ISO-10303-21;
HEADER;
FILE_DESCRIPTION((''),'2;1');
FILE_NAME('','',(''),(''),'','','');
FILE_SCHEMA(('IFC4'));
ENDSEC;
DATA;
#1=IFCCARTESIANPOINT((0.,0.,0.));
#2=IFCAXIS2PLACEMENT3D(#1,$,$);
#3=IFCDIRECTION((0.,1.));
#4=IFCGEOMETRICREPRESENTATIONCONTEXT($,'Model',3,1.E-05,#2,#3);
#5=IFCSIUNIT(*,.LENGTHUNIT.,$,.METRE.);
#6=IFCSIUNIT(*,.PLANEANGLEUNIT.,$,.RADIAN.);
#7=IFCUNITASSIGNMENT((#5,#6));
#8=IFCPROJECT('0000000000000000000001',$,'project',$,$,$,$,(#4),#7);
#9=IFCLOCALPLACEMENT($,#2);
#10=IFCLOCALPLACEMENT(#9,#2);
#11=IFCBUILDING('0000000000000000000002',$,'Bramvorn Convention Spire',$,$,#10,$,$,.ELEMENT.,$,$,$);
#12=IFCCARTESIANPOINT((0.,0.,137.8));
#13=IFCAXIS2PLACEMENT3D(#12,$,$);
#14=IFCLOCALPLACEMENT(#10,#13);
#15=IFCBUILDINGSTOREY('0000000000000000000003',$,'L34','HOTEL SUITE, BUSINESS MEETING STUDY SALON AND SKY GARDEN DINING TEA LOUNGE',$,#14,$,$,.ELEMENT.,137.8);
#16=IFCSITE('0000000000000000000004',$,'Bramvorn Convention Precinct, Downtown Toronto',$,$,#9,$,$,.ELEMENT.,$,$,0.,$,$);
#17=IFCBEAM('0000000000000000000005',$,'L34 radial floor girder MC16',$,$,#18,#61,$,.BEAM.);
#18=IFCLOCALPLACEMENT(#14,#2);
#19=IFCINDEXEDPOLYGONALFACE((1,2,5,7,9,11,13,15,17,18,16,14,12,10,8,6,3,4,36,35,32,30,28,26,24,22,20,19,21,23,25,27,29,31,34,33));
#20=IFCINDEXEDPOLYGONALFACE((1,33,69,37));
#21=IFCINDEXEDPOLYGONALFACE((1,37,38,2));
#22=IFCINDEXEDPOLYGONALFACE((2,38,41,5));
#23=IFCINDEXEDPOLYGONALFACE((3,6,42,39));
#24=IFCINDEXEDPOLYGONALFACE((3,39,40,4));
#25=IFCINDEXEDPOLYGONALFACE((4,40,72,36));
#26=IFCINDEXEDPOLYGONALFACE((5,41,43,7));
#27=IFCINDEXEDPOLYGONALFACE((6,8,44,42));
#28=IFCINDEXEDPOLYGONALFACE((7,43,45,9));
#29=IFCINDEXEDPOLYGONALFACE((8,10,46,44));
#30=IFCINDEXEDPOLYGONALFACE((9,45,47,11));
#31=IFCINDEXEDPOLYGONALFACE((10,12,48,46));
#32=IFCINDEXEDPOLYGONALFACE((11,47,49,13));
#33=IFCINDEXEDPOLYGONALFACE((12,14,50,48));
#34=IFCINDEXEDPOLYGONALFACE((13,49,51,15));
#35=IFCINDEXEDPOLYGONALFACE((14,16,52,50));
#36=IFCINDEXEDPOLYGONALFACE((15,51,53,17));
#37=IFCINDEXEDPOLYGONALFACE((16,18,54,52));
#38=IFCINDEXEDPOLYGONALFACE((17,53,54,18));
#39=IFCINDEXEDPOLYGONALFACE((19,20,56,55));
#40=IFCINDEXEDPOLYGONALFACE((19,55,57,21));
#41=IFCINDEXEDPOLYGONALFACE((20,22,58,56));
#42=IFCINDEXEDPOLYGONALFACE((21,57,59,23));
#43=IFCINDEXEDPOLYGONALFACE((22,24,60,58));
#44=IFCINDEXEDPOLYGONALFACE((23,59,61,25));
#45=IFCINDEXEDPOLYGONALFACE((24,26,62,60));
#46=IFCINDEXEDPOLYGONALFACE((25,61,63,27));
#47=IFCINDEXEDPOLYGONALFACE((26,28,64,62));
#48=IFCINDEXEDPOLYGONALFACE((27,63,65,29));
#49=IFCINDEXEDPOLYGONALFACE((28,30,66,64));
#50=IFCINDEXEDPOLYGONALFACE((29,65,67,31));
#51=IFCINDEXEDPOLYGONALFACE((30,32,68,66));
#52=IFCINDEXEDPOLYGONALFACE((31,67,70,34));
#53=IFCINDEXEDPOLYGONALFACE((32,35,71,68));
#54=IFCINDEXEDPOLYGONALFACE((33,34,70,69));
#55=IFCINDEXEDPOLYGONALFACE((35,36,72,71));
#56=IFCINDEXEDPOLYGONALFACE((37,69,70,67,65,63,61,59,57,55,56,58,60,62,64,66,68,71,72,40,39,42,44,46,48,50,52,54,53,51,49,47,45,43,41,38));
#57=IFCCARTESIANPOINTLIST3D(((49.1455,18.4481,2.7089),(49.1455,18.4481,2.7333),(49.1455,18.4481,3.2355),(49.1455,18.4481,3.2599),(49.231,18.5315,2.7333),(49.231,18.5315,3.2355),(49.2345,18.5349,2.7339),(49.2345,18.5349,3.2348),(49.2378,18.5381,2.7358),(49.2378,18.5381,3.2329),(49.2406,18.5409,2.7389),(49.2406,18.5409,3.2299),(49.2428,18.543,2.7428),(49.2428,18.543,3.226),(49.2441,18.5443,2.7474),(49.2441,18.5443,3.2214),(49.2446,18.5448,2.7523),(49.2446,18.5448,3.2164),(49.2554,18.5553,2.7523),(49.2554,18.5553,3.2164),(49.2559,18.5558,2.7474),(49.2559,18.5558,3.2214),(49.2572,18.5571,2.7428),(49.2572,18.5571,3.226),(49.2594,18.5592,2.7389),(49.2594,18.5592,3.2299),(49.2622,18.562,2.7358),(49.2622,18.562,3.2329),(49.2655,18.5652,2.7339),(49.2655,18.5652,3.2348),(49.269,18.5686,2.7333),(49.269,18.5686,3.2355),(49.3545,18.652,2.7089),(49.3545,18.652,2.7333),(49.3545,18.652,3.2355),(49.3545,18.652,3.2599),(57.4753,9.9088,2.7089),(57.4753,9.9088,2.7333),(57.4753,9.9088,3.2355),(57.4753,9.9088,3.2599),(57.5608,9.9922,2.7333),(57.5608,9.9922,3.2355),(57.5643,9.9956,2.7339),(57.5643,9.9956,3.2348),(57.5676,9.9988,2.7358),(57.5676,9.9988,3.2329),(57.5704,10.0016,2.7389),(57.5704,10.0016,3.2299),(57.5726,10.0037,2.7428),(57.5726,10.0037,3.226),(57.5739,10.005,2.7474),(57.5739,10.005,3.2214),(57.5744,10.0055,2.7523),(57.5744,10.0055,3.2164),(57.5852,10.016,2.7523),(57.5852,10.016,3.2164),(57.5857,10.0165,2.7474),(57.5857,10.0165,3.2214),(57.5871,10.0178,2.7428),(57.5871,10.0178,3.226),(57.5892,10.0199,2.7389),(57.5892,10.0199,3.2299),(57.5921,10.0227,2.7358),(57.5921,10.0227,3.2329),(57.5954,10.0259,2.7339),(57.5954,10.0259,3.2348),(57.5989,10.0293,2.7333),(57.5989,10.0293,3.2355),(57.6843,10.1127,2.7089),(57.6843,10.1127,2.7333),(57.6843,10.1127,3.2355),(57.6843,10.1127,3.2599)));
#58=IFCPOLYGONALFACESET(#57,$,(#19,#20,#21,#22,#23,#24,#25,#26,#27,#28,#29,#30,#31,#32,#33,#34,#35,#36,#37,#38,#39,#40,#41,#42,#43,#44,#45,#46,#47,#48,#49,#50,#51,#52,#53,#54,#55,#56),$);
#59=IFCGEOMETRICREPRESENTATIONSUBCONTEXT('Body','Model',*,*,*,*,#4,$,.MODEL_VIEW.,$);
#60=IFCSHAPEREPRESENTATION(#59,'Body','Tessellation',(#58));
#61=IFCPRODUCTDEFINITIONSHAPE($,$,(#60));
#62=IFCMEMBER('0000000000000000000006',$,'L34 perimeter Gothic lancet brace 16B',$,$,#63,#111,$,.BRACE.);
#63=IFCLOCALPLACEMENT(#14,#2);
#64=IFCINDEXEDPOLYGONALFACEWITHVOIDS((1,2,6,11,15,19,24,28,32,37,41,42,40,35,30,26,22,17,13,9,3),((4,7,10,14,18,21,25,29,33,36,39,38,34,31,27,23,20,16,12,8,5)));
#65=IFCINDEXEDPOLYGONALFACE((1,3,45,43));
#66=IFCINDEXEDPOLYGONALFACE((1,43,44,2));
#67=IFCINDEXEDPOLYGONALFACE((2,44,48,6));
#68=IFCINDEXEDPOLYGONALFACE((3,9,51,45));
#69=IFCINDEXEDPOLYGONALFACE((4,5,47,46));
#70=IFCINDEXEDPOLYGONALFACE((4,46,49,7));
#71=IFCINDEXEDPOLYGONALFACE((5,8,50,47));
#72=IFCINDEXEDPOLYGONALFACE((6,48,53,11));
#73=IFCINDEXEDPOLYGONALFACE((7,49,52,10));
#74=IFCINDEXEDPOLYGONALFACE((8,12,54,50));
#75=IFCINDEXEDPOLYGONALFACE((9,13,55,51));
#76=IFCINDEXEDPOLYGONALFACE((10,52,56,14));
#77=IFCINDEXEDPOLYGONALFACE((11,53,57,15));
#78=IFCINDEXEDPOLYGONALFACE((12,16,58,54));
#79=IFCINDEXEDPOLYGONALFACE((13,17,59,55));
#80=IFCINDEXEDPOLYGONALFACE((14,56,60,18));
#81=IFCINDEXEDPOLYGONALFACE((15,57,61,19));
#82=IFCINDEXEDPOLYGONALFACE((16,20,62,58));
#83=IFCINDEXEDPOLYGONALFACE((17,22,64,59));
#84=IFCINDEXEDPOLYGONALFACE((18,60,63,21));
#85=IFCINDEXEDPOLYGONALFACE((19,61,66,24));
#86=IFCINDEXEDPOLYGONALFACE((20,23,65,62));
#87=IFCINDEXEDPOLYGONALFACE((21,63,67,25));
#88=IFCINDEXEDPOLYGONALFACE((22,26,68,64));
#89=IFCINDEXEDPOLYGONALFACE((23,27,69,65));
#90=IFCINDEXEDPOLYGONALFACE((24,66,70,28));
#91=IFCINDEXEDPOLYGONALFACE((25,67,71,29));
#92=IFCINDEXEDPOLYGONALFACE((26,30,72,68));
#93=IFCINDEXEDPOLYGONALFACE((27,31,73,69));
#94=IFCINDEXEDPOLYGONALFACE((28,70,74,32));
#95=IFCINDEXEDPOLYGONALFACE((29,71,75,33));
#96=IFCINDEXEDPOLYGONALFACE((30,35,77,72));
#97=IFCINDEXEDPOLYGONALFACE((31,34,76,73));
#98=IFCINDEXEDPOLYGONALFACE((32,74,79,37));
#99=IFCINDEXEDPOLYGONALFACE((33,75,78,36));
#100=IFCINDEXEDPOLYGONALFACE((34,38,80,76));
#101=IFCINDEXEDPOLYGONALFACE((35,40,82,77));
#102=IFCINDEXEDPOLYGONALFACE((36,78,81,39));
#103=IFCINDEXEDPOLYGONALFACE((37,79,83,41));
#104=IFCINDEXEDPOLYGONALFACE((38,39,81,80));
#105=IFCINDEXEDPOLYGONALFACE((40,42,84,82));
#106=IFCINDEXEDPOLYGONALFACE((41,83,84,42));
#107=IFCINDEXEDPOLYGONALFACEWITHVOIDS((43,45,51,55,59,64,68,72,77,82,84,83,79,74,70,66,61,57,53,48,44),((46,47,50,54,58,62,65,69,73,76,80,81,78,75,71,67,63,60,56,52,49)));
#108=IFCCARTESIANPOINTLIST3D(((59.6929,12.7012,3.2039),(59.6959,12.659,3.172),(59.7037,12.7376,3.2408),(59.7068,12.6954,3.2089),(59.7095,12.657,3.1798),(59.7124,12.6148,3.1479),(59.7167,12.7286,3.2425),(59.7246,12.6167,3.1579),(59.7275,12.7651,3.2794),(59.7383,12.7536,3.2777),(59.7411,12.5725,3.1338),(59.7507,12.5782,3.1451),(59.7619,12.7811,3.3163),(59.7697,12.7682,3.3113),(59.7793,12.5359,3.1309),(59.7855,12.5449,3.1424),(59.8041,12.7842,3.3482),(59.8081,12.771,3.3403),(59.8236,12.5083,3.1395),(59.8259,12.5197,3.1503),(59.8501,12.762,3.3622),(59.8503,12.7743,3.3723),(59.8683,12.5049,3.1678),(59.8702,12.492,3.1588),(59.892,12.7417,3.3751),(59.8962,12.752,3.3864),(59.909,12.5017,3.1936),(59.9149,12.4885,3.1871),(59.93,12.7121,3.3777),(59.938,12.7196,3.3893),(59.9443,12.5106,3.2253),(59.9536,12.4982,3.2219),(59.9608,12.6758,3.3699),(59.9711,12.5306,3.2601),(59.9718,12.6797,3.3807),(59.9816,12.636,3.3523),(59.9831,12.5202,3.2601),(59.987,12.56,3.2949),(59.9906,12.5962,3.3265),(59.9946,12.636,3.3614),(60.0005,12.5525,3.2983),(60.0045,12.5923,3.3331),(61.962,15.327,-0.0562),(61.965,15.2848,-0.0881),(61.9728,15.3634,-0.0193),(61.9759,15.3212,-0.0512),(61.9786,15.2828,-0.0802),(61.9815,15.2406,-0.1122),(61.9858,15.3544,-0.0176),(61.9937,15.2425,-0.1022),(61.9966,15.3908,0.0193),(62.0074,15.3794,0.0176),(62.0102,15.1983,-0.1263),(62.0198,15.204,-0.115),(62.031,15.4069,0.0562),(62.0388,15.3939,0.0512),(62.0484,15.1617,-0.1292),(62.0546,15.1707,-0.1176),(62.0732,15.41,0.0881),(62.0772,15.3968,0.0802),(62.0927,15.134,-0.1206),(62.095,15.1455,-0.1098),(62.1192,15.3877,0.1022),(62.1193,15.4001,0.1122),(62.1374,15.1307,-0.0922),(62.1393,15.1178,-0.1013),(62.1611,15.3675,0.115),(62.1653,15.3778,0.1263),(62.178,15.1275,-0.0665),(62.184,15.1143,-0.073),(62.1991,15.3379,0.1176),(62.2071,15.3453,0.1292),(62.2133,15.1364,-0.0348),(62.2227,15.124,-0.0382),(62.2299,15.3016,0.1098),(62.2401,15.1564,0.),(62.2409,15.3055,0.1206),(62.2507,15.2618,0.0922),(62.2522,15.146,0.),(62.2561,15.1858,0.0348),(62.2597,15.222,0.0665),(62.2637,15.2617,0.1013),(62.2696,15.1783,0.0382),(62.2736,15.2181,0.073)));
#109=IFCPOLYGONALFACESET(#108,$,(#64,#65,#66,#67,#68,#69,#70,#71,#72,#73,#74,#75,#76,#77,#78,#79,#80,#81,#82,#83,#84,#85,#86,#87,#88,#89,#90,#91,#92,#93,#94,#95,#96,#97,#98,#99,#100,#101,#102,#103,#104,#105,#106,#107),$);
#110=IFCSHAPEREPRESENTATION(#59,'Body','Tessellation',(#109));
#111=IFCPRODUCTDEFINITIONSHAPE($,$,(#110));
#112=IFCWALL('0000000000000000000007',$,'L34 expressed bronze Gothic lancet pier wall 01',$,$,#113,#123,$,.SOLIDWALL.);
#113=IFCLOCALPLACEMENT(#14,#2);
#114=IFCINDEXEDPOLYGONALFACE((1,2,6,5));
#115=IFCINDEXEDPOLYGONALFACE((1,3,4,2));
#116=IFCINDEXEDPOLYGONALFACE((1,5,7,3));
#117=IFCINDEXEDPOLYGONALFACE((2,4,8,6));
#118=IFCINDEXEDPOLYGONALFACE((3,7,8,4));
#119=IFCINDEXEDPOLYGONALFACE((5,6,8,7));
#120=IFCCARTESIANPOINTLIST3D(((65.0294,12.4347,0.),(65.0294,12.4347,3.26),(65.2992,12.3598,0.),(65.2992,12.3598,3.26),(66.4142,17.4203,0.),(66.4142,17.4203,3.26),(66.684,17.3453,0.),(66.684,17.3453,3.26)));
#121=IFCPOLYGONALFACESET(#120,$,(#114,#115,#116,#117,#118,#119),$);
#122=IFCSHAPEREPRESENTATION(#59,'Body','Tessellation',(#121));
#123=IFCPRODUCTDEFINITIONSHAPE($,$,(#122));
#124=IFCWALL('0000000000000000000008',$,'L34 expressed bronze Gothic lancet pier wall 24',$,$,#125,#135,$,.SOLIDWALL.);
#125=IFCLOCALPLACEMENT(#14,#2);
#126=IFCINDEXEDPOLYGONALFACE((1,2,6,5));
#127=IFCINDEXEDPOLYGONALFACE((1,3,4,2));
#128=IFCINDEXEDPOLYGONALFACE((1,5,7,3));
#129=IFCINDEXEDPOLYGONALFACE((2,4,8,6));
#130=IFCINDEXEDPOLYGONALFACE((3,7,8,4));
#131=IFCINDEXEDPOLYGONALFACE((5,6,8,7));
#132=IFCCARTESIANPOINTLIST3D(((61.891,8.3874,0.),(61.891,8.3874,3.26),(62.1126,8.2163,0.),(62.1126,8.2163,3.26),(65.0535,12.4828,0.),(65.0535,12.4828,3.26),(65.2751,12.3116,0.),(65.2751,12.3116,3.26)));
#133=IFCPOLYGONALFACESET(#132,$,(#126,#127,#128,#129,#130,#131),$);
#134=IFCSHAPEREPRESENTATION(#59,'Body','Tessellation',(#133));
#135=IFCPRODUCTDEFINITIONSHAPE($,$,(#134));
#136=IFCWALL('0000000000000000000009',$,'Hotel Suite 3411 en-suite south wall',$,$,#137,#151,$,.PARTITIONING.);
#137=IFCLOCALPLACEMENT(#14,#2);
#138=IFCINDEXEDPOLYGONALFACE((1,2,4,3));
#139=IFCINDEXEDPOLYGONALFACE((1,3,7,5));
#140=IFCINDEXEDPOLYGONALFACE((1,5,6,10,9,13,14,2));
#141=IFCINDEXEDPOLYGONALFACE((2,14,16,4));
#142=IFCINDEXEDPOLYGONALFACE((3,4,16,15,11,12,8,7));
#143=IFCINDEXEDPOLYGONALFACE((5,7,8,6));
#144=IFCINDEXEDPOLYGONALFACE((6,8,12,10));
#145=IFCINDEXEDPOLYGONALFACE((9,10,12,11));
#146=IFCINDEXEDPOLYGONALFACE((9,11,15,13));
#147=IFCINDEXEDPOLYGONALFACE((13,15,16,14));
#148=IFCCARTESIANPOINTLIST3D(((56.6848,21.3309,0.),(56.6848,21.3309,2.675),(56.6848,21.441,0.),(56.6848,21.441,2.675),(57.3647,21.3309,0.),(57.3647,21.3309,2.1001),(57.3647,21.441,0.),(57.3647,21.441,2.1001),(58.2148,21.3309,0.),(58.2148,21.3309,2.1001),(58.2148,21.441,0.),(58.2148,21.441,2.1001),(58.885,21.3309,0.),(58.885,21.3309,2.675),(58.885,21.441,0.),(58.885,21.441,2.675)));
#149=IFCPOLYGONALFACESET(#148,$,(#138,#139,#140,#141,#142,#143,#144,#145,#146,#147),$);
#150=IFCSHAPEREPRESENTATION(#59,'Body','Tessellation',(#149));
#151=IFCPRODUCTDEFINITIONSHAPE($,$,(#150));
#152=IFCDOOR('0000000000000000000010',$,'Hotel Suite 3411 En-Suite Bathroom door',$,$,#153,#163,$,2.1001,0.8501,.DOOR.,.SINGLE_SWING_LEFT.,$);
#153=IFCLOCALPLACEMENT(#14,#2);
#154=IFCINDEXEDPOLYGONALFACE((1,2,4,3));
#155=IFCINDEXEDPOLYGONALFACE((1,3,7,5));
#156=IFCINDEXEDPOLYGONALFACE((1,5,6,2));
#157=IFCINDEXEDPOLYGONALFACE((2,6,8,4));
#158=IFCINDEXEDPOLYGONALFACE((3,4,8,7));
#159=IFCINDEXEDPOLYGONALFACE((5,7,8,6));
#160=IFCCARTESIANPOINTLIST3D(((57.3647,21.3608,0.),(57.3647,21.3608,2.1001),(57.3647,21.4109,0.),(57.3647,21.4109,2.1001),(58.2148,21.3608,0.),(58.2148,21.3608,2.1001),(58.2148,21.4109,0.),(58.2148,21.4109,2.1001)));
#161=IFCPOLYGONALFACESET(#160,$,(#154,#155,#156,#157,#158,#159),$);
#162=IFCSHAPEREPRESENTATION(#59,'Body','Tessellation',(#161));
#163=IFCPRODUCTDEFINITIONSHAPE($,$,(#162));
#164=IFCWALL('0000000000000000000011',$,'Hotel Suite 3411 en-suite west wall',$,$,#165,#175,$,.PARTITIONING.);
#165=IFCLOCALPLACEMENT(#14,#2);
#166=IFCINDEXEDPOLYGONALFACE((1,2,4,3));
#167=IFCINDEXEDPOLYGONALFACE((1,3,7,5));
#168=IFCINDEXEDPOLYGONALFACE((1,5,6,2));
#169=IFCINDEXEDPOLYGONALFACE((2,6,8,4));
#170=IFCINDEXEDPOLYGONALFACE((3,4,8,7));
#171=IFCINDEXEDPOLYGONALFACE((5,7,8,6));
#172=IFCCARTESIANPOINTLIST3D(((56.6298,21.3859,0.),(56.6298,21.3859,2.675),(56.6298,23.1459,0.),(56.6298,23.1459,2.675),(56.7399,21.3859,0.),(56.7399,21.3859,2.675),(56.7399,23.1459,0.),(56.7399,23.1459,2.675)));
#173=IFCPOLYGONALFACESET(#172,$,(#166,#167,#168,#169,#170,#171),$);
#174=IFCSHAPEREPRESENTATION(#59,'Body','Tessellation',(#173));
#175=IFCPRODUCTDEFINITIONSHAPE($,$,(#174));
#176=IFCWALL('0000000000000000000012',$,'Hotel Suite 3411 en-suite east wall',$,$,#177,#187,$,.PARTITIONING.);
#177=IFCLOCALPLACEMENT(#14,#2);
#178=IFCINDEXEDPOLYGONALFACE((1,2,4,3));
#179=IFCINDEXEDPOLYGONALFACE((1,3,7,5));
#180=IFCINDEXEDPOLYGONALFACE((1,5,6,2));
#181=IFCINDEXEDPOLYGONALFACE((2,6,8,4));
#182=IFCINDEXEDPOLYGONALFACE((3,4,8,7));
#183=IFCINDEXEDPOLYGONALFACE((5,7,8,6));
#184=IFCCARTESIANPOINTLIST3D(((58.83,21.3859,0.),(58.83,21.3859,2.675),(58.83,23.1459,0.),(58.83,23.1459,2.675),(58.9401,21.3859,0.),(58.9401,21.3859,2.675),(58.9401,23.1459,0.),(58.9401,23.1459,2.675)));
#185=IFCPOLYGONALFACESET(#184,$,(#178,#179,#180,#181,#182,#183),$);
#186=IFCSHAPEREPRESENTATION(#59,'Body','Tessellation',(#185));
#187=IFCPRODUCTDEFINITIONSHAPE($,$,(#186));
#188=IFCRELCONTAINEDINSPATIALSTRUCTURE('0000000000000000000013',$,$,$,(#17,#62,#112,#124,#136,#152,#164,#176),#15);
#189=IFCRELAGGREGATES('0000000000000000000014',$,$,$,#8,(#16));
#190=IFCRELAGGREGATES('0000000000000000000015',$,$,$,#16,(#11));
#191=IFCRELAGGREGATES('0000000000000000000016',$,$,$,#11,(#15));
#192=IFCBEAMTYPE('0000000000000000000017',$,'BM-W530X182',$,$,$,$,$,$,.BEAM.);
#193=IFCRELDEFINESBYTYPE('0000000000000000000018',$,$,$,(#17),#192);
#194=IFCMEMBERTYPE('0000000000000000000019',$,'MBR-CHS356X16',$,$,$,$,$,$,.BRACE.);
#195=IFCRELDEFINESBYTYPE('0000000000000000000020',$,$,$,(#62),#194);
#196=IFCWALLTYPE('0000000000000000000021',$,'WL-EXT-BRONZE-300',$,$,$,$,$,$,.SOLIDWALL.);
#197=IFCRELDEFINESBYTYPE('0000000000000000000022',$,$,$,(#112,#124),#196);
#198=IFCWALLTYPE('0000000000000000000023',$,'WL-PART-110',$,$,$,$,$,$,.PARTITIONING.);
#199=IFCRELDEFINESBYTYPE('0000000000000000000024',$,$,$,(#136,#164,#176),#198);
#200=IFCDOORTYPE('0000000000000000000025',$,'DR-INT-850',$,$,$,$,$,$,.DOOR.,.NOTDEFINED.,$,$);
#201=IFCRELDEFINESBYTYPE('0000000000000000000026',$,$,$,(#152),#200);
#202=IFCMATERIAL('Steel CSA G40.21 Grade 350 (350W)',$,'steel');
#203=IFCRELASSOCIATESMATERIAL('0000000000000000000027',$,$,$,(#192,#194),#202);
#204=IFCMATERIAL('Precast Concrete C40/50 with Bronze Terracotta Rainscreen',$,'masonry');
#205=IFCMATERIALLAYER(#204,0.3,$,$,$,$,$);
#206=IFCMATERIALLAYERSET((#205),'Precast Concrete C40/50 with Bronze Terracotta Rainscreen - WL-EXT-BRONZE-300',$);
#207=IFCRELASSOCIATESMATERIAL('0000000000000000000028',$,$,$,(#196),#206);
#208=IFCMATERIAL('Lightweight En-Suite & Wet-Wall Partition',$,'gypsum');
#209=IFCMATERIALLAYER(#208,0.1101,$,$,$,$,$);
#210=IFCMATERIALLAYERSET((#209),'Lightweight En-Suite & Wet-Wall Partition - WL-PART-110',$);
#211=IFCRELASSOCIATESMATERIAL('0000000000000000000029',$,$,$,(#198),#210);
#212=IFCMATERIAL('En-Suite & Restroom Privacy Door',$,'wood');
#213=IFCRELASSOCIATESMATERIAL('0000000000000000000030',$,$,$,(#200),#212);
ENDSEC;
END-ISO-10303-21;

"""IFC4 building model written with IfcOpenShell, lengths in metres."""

from ifc_helpers import new_model, si_unit, direction, frame, frame_2d, origin, origin_2d, place, context, subcontext, project, spatial, rectangle, hollow_circle, i_section, extrude, material, layer, layer_set, material_profile, profile_set, type_object, element, fill, save


model = new_model("IFC4")

# Units and contexts
model_context = context("Model", 3, precision=1e-05, world=origin(), true_north=direction((0.0, 1.0)))
body_context = subcontext(model_context, "Body", "Model", "MODEL_VIEW")
ifc_project = project(units=[si_unit("LENGTHUNIT", "METRE"), si_unit("PLANEANGLEUNIT", "RADIAN")], contexts=[model_context])

# Site, building, storey
site_placement = place(None, origin())
site = spatial("IfcSite", under=ifc_project, at=site_placement, Name="Bramvorn Convention Precinct, Downtown Toronto", CompositionType="ELEMENT", RefElevation=0.0)
building_placement = place(site_placement, origin())
building = spatial("IfcBuilding", under=site, at=building_placement, Name="Bramvorn Convention Spire", CompositionType="ELEMENT")
storey_placement = place(building_placement, frame((0.0, 0.0, 137.8)))
storey = spatial("IfcBuildingStorey", under=building, at=storey_placement, Name="L34", Description="HOTEL SUITE, BUSINESS MEETING STUDY SALON AND SKY GARDEN DINING TEA LOUNGE", CompositionType="ELEMENT", Elevation=137.8)

# Shared definitions
ifc_material_1 = material(Name="Steel CSA G40.21 Grade 350 (350W)", Category="steel")

# Beam
ifc_material_profile_1 = material_profile(ifc_material_1, i_section(OverallWidth=0.292, OverallDepth=0.551, WebThickness=0.0151, FlangeThickness=0.0244, FilletRadius=0.019, at=origin_2d()))
ifc_profile_set_1 = profile_set([ifc_material_profile_1], Name="Steel CSA G40.21 Grade 350 (350W) - W530X182")
beam_type_1 = type_object("IfcBeamType", Name="BM-W530X182", PredefinedType="BEAM", material=ifc_profile_set_1)
beam_1_placement = place(storey_placement, frame((49.25, 18.55, 2.9844), z_axis=(0.698272, -0.715832, 0.0), x_axis=(0.715832, 0.698272, 0.0)))
element("IfcBeam", 1, at=beam_1_placement, inside=storey, type_object=beam_type_1, Name="L34 radial floor girder MC16", PredefinedType="BEAM", context=body_context, shape_type="SweptSolid", body=[
    extrude(i_section(OverallWidth=0.292, OverallDepth=0.551, WebThickness=0.0151, FlangeThickness=0.0244, FilletRadius=0.019, at=origin_2d()), origin(), (0.0, 0.0, 1.0), 11.9292),
])

# Member
ifc_material_profile_2 = material_profile(ifc_material_1, hollow_circle(Radius=0.1777, WallThickness=0.0159, at=origin_2d()))
ifc_profile_set_2 = profile_set([ifc_material_profile_2], Name="Steel CSA G40.21 Grade 350 (350W) - CHS356X16")
member_type = type_object("IfcMemberType", Name="MBR-CHS356X16", PredefinedType="BRACE", material=ifc_profile_set_2)
member_placement = place(storey_placement, frame((62.1177, 15.2622, 0.0), z_axis=(-0.476552, -0.551465, 0.684678), x_axis=(0.756628, -0.653845, 0.0)))
element("IfcMember", 2, at=member_placement, inside=storey, type_object=member_type, Name="L34 perimeter Gothic lancet brace 16B", PredefinedType="BRACE", context=body_context, shape_type="SweptSolid", body=[
    extrude(hollow_circle(Radius=0.1777, WallThickness=0.0159, at=origin_2d()), origin(), (0.0, 0.0, 1.0), 4.7615),
])

# Walls
ifc_material_2 = material(Name="Precast Concrete C40/50 with Bronze Terracotta Rainscreen", Category="masonry")
ifc_layer_1 = layer(ifc_material_2, 0.3)
ifc_layer_set_1 = layer_set([ifc_layer_1], Name="Precast Concrete C40/50 with Bronze Terracotta Rainscreen - WL-EXT-BRONZE-300")
wall_type_1 = type_object("IfcWallType", Name="WL-EXT-BRONZE-300", PredefinedType="SOLIDWALL", material=ifc_layer_set_1)
for number, where, z_axis, x_axis, name in (
    (3, (66.5491, 17.3828, 0.0), (0.0, 0.0, 1.0), (-0.267622, -0.963524, 0.0), "L34 expressed bronze Gothic lancet pier wall 01"),
    (4, (65.1643, 12.3972, 0.0), (0.0, 0.0, 1.0), (-0.611196, -0.791479, 0.0), "L34 expressed bronze Gothic lancet pier wall 24"),
):
    element("IfcWall", number, at=place(storey_placement, frame(where, z_axis=z_axis, x_axis=x_axis)), inside=storey, type_object=wall_type_1, Name=name, PredefinedType="SOLIDWALL", context=body_context, shape_type="SweptSolid", body=[
        extrude(rectangle(XDim=5.1743, YDim=0.28, at=frame_2d((2.5872, 0.0))), origin(), (0.0, 0.0, 1.0), 3.26),
    ])

# Wall, opening, door
ifc_material_3 = material(Name="Lightweight En-Suite & Wet-Wall Partition", Category="gypsum")
ifc_layer_2 = layer(ifc_material_3, 0.1101)
ifc_layer_set_2 = layer_set([ifc_layer_2], Name="Lightweight En-Suite & Wet-Wall Partition - WL-PART-110")
wall_type_2 = type_object("IfcWallType", Name="WL-PART-110", PredefinedType="PARTITIONING", material=ifc_layer_set_2)
wall_1_placement = place(storey_placement, frame((56.6848, 21.386, 0.0), z_axis=(0.0, 0.0, 1.0), x_axis=(1.0, 0.0, 0.0)))
wall_1 = element("IfcWall", 5, at=wall_1_placement, inside=storey, type_object=wall_type_2, Name="Hotel Suite 3411 en-suite south wall", PredefinedType="PARTITIONING", context=body_context, shape_type="SweptSolid", body=[
    extrude(rectangle(XDim=2.2002, YDim=0.1101, at=frame_2d((1.1001, 0.0))), origin(), (0.0, 0.0, 1.0), 2.675),
])
opening_1_placement = place(wall_1_placement, frame((0.6799, 0.0, 0.0)))
opening_1 = element("IfcOpeningElement", 6, at=opening_1_placement, cuts=wall_1, PredefinedType="OPENING", context=body_context, shape_type="SweptSolid", body=[
    extrude(rectangle(XDim=0.8501, YDim=2.1001, at=frame_2d((0.425, 1.05))), frame((0.0, 0.0649, 0.0), z_axis=(0.0, -1.0, 0.0), x_axis=(1.0, 0.0, 0.0)), (0.0, 0.0, 1.0), 0.1301),
])
ifc_material_4 = material(Name="En-Suite & Restroom Privacy Door", Category="wood")
door_type_1 = type_object("IfcDoorType", Name="DR-INT-850", OperationType="NOTDEFINED", PredefinedType="DOOR", material=ifc_material_4)
door_1_placement = place(opening_1_placement, origin())
door_1 = element("IfcDoor", 7, at=door_1_placement, inside=storey, type_object=door_type_1, Name="Hotel Suite 3411 En-Suite Bathroom door", OperationType="SINGLE_SWING_LEFT", OverallHeight=2.1001, OverallWidth=0.8501, PredefinedType="DOOR", context=body_context, shape_type="SweptSolid", body=[
    extrude(rectangle(XDim=0.8501, YDim=2.1001, at=frame_2d((0.425, 1.05))), frame((0.0, 0.0249, 0.0), z_axis=(0.0, -1.0, 0.0), x_axis=(1.0, 0.0, 0.0)), (0.0, 0.0, 1.0), 0.05),
])
fill(opening_1, door_1)

# Walls
for number, where, z_axis, x_axis, name in (
    (8, (56.6848, 21.386, 0.0), (0.0, 0.0, 1.0), (0.0, 1.0, 0.0), "Hotel Suite 3411 en-suite west wall"),
    (9, (58.885, 21.386, 0.0), (0.0, 0.0, 1.0), (0.0, 1.0, 0.0), "Hotel Suite 3411 en-suite east wall"),
):
    element("IfcWall", number, at=place(storey_placement, frame(where, z_axis=z_axis, x_axis=x_axis)), inside=storey, type_object=wall_type_2, Name=name, PredefinedType="PARTITIONING", context=body_context, shape_type="SweptSolid", body=[
        extrude(rectangle(XDim=1.76, YDim=0.1101, at=frame_2d((0.8799, 0.0))), origin(), (0.0, 0.0, 1.0), 2.675),
    ])

save(model, "model.ifc")
